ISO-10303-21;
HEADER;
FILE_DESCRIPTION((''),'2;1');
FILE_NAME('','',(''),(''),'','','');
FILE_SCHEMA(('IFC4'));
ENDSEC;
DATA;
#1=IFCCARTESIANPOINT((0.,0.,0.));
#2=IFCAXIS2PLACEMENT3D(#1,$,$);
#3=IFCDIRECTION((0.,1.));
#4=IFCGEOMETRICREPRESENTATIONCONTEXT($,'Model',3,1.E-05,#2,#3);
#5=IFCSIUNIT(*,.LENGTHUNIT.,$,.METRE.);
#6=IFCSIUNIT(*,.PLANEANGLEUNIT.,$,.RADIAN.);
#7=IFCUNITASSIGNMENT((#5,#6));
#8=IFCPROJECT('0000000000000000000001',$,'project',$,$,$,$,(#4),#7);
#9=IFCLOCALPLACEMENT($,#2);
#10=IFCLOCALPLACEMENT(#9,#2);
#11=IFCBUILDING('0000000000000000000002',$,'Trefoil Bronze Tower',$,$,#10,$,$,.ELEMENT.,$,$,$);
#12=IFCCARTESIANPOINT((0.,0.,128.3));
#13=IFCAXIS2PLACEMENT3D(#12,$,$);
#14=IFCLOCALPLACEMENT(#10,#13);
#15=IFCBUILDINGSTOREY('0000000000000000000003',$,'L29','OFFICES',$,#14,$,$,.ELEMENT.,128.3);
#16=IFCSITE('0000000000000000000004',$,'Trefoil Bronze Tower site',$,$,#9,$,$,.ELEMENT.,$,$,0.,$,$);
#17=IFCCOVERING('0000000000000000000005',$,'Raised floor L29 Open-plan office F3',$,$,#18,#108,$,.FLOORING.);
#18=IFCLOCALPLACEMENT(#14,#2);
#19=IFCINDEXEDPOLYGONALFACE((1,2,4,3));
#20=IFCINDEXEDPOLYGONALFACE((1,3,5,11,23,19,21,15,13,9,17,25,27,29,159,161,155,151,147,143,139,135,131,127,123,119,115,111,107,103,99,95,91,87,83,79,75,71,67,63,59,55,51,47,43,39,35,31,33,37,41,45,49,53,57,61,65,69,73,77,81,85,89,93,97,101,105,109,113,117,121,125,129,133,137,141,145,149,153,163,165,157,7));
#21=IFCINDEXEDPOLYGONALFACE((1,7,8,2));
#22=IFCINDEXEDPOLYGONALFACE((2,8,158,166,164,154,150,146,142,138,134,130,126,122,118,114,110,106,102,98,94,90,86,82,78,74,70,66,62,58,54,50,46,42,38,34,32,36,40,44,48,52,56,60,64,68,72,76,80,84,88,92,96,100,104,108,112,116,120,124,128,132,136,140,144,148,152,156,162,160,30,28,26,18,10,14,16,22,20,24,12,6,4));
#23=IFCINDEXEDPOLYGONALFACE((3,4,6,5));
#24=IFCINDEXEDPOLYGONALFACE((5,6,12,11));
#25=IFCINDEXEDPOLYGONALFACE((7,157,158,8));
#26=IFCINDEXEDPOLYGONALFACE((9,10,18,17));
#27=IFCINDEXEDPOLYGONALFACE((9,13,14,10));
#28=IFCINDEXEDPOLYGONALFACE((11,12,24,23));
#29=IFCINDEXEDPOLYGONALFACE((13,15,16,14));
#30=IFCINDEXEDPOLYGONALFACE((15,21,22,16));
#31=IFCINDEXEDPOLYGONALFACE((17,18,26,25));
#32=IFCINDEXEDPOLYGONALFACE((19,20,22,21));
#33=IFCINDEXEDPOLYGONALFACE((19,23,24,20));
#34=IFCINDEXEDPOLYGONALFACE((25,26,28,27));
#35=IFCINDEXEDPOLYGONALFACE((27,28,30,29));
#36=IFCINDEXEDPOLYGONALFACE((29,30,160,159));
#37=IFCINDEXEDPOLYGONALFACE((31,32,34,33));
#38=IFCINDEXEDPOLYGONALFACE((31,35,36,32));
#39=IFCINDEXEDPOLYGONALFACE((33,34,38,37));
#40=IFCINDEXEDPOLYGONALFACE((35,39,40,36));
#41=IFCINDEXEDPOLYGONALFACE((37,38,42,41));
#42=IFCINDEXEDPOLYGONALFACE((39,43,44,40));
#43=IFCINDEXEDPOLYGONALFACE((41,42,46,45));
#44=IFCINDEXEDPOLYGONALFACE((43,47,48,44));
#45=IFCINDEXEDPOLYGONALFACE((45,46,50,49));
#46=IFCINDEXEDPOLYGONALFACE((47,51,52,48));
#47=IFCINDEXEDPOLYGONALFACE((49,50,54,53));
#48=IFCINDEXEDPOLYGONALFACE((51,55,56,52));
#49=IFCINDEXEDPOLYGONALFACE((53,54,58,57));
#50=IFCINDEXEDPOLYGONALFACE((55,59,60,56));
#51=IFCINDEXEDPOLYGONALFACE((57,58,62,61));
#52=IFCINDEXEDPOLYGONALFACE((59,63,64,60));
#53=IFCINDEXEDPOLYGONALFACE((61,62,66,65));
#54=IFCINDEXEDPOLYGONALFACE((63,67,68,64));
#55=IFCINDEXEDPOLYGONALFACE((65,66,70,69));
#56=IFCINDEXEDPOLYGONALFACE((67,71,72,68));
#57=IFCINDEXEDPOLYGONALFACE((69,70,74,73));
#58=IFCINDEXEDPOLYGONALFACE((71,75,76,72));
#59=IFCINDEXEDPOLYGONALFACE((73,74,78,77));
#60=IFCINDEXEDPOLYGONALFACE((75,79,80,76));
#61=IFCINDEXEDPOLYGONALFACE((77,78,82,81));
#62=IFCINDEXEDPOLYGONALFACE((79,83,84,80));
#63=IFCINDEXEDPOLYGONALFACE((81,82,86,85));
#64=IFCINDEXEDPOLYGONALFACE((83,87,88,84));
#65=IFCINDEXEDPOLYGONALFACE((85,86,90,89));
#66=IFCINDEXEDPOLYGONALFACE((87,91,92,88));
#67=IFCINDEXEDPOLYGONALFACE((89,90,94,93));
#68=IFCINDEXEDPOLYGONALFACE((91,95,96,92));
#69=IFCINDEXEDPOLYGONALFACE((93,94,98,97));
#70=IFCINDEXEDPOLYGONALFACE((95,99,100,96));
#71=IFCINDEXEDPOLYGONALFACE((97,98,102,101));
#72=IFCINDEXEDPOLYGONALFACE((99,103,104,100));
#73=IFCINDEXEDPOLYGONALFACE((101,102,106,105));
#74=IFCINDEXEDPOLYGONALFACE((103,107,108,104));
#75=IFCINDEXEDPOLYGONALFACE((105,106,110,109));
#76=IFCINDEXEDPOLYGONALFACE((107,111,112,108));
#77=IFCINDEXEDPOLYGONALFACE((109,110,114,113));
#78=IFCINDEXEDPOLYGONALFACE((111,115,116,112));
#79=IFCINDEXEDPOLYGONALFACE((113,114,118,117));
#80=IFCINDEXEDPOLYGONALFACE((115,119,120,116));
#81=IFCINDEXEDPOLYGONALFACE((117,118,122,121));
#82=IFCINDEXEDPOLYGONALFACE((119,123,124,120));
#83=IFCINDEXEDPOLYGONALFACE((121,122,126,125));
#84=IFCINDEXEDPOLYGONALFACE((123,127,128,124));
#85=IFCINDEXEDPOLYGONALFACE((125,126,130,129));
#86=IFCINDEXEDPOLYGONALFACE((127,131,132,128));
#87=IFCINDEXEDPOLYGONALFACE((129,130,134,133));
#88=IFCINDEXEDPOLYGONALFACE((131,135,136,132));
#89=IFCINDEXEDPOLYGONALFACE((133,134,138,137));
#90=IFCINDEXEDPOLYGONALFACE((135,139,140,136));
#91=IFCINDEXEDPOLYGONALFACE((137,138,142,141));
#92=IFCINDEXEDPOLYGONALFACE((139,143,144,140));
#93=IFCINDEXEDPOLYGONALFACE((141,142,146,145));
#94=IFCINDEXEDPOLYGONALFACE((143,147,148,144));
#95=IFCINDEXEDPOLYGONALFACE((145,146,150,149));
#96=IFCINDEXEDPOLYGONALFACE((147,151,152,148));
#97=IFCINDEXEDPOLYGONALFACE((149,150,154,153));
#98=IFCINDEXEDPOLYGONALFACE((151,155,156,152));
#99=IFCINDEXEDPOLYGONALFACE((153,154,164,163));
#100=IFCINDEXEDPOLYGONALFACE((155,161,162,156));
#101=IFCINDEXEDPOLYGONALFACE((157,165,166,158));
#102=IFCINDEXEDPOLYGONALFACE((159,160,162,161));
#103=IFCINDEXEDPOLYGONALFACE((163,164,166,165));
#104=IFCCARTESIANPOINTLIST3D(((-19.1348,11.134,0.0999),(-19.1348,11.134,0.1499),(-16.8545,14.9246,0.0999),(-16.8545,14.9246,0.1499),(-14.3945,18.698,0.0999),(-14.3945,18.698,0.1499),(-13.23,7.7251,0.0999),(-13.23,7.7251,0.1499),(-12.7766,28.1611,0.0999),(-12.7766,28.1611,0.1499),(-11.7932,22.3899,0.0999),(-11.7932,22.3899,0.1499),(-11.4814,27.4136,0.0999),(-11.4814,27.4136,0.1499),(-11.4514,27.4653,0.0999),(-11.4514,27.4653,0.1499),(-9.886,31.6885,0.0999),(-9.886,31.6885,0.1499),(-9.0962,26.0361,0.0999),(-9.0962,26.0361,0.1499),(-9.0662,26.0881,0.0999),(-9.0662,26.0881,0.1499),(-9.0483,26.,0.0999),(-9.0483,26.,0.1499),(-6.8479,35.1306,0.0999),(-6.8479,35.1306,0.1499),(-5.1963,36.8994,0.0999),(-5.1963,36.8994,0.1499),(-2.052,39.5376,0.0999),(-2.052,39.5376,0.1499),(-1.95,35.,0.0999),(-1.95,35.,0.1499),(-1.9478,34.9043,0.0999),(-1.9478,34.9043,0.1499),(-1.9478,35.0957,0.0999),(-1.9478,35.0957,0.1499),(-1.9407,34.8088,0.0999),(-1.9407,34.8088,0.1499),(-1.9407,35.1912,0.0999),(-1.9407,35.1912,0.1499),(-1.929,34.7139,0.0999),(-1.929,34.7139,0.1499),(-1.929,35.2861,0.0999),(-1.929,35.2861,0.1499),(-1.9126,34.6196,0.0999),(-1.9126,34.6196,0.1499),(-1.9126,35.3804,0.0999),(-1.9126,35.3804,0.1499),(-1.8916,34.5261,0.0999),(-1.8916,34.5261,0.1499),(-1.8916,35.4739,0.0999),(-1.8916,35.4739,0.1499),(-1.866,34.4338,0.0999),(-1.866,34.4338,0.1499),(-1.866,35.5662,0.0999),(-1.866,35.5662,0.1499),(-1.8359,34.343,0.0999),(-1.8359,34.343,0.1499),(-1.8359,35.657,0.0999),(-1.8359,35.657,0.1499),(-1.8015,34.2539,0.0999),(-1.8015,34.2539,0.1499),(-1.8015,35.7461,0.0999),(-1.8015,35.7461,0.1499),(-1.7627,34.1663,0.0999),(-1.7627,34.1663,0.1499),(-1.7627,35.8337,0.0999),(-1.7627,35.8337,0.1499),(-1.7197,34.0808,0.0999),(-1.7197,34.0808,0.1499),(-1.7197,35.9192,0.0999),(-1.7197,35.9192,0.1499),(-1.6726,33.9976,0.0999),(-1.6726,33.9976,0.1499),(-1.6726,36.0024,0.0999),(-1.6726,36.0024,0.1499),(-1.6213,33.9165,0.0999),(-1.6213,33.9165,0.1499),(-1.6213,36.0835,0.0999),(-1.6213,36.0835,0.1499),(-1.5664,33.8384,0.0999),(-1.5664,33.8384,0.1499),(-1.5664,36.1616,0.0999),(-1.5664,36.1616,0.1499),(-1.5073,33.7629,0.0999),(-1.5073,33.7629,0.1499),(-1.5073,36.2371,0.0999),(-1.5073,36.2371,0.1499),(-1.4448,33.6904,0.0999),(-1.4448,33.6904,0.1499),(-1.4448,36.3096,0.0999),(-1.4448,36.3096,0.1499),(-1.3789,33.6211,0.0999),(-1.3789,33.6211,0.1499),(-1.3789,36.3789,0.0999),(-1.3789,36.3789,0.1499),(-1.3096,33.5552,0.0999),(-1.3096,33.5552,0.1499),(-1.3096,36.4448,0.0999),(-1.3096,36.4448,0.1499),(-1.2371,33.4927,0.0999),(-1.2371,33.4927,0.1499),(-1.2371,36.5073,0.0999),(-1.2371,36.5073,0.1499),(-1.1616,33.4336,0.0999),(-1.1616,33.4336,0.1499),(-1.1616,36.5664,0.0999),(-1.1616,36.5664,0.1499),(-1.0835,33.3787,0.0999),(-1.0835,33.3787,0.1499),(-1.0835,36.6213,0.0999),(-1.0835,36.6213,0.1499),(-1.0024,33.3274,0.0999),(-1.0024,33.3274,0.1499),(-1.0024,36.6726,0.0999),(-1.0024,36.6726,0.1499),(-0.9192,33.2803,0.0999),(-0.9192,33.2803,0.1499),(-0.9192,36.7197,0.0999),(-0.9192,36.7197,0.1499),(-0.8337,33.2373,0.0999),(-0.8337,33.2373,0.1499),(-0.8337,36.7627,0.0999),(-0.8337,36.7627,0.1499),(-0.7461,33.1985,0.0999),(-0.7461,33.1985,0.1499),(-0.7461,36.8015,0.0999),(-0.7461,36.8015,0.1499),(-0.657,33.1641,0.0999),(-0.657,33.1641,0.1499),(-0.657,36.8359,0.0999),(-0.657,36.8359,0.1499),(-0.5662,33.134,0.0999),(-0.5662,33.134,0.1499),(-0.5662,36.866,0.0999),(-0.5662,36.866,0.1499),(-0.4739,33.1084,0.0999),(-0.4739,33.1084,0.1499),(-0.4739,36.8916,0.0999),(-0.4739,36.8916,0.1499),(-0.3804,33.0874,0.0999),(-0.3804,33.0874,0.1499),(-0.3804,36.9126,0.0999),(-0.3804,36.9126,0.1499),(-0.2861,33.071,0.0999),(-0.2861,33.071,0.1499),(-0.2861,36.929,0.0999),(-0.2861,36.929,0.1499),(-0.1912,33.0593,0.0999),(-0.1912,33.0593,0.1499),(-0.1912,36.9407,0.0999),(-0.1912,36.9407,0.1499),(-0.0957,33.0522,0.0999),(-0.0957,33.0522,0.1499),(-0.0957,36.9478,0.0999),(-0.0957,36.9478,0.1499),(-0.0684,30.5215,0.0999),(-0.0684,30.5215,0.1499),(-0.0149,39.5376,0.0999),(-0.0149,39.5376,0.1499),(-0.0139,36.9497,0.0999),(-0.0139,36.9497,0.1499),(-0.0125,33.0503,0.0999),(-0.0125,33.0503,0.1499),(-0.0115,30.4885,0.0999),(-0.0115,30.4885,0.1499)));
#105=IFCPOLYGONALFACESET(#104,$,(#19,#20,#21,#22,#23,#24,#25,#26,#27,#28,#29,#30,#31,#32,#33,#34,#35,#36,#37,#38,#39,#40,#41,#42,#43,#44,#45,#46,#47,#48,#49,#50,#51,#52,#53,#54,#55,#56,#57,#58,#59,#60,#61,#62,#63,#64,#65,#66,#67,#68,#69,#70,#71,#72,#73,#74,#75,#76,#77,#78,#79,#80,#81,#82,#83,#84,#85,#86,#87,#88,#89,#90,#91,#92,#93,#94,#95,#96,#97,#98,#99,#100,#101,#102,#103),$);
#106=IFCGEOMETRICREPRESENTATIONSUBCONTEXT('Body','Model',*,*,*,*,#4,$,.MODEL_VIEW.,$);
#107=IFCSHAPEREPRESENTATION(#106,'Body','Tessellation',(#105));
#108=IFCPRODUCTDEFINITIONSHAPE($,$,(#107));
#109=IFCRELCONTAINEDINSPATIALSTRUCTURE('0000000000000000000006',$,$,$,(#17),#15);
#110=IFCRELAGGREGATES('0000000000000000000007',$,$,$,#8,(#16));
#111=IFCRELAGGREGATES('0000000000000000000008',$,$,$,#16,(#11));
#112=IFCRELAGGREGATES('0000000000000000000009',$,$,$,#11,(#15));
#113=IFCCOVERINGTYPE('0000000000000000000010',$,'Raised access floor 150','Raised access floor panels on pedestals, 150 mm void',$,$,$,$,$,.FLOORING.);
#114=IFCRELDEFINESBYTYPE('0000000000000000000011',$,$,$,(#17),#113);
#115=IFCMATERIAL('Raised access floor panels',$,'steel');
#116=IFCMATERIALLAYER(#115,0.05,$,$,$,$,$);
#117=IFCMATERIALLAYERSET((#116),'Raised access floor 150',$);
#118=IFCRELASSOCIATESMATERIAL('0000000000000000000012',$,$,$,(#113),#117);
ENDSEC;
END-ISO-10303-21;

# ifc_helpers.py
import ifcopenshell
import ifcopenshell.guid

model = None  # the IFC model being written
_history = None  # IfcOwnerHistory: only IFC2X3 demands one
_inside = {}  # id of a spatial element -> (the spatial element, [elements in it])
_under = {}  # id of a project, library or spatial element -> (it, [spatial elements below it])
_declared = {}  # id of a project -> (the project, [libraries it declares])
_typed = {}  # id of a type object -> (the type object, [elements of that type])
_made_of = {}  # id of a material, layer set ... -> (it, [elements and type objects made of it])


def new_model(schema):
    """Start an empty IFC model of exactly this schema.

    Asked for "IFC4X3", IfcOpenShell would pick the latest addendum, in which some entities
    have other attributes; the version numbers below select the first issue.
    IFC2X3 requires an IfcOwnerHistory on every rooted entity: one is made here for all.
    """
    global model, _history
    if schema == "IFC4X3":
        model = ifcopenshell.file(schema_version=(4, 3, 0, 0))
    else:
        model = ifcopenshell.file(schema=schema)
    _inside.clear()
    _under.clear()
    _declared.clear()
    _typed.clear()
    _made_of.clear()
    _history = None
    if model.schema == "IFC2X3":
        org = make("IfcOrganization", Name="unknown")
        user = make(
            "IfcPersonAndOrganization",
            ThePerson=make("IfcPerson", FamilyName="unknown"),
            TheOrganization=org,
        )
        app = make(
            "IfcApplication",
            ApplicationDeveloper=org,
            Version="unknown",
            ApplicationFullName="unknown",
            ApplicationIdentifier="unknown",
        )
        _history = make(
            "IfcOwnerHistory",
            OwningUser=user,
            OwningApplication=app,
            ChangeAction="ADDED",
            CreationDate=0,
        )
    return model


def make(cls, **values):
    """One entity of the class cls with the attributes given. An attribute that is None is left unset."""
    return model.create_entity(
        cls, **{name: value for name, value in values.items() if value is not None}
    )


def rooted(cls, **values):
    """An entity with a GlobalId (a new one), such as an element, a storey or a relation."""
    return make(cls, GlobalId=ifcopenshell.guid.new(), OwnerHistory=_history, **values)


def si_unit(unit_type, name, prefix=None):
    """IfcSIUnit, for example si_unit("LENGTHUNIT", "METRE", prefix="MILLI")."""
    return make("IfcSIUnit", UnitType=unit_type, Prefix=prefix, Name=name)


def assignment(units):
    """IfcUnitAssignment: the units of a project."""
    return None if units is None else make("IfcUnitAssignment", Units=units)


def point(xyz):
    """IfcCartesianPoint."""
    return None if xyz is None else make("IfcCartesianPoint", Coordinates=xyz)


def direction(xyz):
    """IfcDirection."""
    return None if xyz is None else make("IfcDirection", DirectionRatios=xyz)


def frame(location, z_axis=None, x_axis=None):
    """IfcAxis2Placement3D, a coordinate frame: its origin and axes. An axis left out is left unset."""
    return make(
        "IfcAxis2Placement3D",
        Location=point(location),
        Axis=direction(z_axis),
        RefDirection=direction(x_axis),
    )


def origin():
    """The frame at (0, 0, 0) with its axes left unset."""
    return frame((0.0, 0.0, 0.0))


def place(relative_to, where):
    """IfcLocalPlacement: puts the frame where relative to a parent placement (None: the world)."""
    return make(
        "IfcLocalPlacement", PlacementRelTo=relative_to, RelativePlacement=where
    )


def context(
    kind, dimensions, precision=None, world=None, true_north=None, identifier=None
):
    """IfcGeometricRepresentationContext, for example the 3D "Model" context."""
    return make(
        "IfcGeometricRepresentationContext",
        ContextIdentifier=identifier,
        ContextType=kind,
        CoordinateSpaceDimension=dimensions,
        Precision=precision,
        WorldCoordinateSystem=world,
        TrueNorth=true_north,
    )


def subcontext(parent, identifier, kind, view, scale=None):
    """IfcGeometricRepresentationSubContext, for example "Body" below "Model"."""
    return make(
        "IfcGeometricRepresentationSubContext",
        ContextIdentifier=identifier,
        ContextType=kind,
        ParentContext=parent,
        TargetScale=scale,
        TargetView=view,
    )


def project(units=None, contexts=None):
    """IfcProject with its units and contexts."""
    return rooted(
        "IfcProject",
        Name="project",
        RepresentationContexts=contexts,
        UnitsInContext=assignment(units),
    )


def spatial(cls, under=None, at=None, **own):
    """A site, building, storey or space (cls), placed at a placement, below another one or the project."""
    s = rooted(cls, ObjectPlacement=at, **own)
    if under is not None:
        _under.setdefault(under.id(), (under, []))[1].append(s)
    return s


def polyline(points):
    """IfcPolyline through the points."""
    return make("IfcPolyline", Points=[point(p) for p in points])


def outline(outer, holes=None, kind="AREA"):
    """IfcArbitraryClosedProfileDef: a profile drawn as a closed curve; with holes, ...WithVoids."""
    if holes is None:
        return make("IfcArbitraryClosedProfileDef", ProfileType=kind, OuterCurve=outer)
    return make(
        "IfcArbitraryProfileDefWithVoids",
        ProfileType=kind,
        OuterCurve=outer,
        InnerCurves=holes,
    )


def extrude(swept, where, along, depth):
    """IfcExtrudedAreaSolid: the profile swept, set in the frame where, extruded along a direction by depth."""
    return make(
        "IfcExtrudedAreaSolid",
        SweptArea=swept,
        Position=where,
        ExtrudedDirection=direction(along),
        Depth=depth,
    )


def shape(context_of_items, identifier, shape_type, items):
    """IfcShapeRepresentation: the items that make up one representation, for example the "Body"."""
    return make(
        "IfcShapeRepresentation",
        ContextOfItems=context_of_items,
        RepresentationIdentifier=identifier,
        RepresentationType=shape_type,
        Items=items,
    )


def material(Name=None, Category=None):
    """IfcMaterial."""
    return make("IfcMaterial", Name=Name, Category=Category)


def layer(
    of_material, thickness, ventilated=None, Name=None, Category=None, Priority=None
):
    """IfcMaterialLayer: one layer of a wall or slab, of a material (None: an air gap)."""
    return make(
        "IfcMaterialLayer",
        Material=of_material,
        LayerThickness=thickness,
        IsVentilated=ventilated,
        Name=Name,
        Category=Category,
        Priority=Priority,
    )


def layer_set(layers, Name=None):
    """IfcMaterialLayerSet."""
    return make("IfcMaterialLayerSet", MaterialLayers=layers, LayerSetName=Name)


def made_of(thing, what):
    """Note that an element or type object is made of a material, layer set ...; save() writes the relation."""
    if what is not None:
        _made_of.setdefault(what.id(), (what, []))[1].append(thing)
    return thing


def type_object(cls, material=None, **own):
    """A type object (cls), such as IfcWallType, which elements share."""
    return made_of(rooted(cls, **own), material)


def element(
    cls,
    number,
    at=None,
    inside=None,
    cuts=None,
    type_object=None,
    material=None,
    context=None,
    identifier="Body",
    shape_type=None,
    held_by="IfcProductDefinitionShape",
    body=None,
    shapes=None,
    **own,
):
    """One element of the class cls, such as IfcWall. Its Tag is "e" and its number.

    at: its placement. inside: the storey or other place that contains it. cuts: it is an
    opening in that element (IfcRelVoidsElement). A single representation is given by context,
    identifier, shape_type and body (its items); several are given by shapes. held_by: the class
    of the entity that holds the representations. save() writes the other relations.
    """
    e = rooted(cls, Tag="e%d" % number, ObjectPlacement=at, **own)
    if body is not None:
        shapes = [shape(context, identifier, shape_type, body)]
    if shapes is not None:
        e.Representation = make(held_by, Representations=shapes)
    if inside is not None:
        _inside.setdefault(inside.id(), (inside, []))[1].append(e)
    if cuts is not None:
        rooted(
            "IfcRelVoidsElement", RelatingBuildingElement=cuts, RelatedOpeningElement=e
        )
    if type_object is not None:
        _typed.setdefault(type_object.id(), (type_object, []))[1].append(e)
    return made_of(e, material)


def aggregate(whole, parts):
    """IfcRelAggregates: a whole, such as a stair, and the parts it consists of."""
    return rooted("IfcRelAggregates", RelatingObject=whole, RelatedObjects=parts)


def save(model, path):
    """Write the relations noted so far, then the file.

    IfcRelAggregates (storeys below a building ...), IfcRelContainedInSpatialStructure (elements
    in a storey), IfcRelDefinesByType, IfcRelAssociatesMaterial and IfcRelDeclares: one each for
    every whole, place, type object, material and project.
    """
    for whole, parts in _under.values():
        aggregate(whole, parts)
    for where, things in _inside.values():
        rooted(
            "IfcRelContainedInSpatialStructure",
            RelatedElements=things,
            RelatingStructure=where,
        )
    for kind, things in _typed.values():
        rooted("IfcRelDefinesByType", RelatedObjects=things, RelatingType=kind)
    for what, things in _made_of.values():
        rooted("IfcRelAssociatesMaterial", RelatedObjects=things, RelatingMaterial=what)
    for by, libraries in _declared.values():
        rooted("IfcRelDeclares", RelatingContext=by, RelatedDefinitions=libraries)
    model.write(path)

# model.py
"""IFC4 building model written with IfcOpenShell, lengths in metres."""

from ifc_helpers import new_model, si_unit, direction, frame, origin, place, context, subcontext, project, spatial, polyline, outline, extrude, material, layer, layer_set, type_object, element, save


model = new_model("IFC4")

# Units and contexts
model_context = context("Model", 3, precision=1e-05, world=origin(), true_north=direction((0.0, 1.0)))
body_context = subcontext(model_context, "Body", "Model", "MODEL_VIEW")
ifc_project = project(units=[si_unit("LENGTHUNIT", "METRE"), si_unit("PLANEANGLEUNIT", "RADIAN")], contexts=[model_context])

# Site, building, storey
site_placement = place(None, origin())
site = spatial("IfcSite", under=ifc_project, at=site_placement, Name="Trefoil Bronze Tower site", CompositionType="ELEMENT", RefElevation=0.0)
building_placement = place(site_placement, origin())
building = spatial("IfcBuilding", under=site, at=building_placement, Name="Trefoil Bronze Tower", CompositionType="ELEMENT")
storey_placement = place(building_placement, frame((0.0, 0.0, 128.3)))
storey = spatial("IfcBuildingStorey", under=building, at=storey_placement, Name="L29", Description="OFFICES", CompositionType="ELEMENT", Elevation=128.3)

# Covering
ifc_material_1 = material(Name="Raised access floor panels", Category="steel")
ifc_layer_1 = layer(ifc_material_1, 0.05)
ifc_layer_set_1 = layer_set([ifc_layer_1], Name="Raised access floor 150")
covering_type_1 = type_object("IfcCoveringType", Name="Raised access floor 150", Description="Raised access floor panels on pedestals, 150 mm void", PredefinedType="FLOORING", material=ifc_layer_set_1)
covering_1_placement = place(storey_placement, frame((0.0, 0.0, 0.0999)))
element("IfcCovering", 1, at=covering_1_placement, inside=storey, type_object=covering_type_1, Name="Raised floor L29 Open-plan office F3", PredefinedType="FLOORING", context=body_context, shape_type="SweptSolid", body=[
    extrude(outline(polyline([(-0.0115, 30.4885), (-0.0684, 30.5215), (-13.23, 7.7251), (-19.1348, 11.134), (-16.8545, 14.9246), (-14.3945, 18.698), (-11.7932, 22.3899), (-9.0483, 26.0), (-9.0962, 26.0361), (-9.0662, 26.0881), (-11.4514, 27.4653), (-11.4814, 27.4136), (-12.7766, 28.1611), (-9.886, 31.6885), (-6.8479, 35.1306), (-5.1963, 36.8994), (-2.052, 39.5376), (-0.0149, 39.5376), (-0.0139, 36.9497), (-0.0957, 36.9478), (-0.1912, 36.9407), (-0.2861, 36.929), (-0.3804, 36.9126), (-0.4739, 36.8916), (-0.5662, 36.866), (-0.657, 36.8359), (-0.7461, 36.8015), (-0.8337, 36.7627), (-0.9192, 36.7197), (-1.0024, 36.6726), (-1.0835, 36.6213), (-1.1616, 36.5664), (-1.2371, 36.5073), (-1.3096, 36.4448), (-1.3789, 36.3789), (-1.4448, 36.3096), (-1.5073, 36.2371), (-1.5664, 36.1616), (-1.6213, 36.0835), (-1.6726, 36.0024), (-1.7197, 35.9192), (-1.7627, 35.8337), (-1.8015, 35.7461), (-1.8359, 35.657), (-1.866, 35.5662), (-1.8916, 35.4739), (-1.9126, 35.3804), (-1.929, 35.2861), (-1.9407, 35.1912), (-1.9478, 35.0957), (-1.95, 35.0), (-1.9478, 34.9043), (-1.9407, 34.8088), (-1.929, 34.7139), (-1.9126, 34.6196), (-1.8916, 34.5261), (-1.866, 34.4338), (-1.8359, 34.343), (-1.8015, 34.2539), (-1.7627, 34.1663), (-1.7197, 34.0808), (-1.6726, 33.9976), (-1.6213, 33.9165), (-1.5664, 33.8384), (-1.5073, 33.7629), (-1.4448, 33.6904), (-1.3789, 33.6211), (-1.3096, 33.5552), (-1.2371, 33.4927), (-1.1616, 33.4336), (-1.0835, 33.3787), (-1.0024, 33.3274), (-0.9192, 33.2803), (-0.8337, 33.2373), (-0.7461, 33.1985), (-0.657, 33.1641), (-0.5662, 33.134), (-0.4739, 33.1084), (-0.3804, 33.0874), (-0.2861, 33.071), (-0.1912, 33.0593), (-0.0957, 33.0522), (-0.0125, 33.0503), (-0.0115, 30.4885)])), origin(), (0.0, 0.0, 1.0), 0.05),
])

save(model, "model.ifc")
